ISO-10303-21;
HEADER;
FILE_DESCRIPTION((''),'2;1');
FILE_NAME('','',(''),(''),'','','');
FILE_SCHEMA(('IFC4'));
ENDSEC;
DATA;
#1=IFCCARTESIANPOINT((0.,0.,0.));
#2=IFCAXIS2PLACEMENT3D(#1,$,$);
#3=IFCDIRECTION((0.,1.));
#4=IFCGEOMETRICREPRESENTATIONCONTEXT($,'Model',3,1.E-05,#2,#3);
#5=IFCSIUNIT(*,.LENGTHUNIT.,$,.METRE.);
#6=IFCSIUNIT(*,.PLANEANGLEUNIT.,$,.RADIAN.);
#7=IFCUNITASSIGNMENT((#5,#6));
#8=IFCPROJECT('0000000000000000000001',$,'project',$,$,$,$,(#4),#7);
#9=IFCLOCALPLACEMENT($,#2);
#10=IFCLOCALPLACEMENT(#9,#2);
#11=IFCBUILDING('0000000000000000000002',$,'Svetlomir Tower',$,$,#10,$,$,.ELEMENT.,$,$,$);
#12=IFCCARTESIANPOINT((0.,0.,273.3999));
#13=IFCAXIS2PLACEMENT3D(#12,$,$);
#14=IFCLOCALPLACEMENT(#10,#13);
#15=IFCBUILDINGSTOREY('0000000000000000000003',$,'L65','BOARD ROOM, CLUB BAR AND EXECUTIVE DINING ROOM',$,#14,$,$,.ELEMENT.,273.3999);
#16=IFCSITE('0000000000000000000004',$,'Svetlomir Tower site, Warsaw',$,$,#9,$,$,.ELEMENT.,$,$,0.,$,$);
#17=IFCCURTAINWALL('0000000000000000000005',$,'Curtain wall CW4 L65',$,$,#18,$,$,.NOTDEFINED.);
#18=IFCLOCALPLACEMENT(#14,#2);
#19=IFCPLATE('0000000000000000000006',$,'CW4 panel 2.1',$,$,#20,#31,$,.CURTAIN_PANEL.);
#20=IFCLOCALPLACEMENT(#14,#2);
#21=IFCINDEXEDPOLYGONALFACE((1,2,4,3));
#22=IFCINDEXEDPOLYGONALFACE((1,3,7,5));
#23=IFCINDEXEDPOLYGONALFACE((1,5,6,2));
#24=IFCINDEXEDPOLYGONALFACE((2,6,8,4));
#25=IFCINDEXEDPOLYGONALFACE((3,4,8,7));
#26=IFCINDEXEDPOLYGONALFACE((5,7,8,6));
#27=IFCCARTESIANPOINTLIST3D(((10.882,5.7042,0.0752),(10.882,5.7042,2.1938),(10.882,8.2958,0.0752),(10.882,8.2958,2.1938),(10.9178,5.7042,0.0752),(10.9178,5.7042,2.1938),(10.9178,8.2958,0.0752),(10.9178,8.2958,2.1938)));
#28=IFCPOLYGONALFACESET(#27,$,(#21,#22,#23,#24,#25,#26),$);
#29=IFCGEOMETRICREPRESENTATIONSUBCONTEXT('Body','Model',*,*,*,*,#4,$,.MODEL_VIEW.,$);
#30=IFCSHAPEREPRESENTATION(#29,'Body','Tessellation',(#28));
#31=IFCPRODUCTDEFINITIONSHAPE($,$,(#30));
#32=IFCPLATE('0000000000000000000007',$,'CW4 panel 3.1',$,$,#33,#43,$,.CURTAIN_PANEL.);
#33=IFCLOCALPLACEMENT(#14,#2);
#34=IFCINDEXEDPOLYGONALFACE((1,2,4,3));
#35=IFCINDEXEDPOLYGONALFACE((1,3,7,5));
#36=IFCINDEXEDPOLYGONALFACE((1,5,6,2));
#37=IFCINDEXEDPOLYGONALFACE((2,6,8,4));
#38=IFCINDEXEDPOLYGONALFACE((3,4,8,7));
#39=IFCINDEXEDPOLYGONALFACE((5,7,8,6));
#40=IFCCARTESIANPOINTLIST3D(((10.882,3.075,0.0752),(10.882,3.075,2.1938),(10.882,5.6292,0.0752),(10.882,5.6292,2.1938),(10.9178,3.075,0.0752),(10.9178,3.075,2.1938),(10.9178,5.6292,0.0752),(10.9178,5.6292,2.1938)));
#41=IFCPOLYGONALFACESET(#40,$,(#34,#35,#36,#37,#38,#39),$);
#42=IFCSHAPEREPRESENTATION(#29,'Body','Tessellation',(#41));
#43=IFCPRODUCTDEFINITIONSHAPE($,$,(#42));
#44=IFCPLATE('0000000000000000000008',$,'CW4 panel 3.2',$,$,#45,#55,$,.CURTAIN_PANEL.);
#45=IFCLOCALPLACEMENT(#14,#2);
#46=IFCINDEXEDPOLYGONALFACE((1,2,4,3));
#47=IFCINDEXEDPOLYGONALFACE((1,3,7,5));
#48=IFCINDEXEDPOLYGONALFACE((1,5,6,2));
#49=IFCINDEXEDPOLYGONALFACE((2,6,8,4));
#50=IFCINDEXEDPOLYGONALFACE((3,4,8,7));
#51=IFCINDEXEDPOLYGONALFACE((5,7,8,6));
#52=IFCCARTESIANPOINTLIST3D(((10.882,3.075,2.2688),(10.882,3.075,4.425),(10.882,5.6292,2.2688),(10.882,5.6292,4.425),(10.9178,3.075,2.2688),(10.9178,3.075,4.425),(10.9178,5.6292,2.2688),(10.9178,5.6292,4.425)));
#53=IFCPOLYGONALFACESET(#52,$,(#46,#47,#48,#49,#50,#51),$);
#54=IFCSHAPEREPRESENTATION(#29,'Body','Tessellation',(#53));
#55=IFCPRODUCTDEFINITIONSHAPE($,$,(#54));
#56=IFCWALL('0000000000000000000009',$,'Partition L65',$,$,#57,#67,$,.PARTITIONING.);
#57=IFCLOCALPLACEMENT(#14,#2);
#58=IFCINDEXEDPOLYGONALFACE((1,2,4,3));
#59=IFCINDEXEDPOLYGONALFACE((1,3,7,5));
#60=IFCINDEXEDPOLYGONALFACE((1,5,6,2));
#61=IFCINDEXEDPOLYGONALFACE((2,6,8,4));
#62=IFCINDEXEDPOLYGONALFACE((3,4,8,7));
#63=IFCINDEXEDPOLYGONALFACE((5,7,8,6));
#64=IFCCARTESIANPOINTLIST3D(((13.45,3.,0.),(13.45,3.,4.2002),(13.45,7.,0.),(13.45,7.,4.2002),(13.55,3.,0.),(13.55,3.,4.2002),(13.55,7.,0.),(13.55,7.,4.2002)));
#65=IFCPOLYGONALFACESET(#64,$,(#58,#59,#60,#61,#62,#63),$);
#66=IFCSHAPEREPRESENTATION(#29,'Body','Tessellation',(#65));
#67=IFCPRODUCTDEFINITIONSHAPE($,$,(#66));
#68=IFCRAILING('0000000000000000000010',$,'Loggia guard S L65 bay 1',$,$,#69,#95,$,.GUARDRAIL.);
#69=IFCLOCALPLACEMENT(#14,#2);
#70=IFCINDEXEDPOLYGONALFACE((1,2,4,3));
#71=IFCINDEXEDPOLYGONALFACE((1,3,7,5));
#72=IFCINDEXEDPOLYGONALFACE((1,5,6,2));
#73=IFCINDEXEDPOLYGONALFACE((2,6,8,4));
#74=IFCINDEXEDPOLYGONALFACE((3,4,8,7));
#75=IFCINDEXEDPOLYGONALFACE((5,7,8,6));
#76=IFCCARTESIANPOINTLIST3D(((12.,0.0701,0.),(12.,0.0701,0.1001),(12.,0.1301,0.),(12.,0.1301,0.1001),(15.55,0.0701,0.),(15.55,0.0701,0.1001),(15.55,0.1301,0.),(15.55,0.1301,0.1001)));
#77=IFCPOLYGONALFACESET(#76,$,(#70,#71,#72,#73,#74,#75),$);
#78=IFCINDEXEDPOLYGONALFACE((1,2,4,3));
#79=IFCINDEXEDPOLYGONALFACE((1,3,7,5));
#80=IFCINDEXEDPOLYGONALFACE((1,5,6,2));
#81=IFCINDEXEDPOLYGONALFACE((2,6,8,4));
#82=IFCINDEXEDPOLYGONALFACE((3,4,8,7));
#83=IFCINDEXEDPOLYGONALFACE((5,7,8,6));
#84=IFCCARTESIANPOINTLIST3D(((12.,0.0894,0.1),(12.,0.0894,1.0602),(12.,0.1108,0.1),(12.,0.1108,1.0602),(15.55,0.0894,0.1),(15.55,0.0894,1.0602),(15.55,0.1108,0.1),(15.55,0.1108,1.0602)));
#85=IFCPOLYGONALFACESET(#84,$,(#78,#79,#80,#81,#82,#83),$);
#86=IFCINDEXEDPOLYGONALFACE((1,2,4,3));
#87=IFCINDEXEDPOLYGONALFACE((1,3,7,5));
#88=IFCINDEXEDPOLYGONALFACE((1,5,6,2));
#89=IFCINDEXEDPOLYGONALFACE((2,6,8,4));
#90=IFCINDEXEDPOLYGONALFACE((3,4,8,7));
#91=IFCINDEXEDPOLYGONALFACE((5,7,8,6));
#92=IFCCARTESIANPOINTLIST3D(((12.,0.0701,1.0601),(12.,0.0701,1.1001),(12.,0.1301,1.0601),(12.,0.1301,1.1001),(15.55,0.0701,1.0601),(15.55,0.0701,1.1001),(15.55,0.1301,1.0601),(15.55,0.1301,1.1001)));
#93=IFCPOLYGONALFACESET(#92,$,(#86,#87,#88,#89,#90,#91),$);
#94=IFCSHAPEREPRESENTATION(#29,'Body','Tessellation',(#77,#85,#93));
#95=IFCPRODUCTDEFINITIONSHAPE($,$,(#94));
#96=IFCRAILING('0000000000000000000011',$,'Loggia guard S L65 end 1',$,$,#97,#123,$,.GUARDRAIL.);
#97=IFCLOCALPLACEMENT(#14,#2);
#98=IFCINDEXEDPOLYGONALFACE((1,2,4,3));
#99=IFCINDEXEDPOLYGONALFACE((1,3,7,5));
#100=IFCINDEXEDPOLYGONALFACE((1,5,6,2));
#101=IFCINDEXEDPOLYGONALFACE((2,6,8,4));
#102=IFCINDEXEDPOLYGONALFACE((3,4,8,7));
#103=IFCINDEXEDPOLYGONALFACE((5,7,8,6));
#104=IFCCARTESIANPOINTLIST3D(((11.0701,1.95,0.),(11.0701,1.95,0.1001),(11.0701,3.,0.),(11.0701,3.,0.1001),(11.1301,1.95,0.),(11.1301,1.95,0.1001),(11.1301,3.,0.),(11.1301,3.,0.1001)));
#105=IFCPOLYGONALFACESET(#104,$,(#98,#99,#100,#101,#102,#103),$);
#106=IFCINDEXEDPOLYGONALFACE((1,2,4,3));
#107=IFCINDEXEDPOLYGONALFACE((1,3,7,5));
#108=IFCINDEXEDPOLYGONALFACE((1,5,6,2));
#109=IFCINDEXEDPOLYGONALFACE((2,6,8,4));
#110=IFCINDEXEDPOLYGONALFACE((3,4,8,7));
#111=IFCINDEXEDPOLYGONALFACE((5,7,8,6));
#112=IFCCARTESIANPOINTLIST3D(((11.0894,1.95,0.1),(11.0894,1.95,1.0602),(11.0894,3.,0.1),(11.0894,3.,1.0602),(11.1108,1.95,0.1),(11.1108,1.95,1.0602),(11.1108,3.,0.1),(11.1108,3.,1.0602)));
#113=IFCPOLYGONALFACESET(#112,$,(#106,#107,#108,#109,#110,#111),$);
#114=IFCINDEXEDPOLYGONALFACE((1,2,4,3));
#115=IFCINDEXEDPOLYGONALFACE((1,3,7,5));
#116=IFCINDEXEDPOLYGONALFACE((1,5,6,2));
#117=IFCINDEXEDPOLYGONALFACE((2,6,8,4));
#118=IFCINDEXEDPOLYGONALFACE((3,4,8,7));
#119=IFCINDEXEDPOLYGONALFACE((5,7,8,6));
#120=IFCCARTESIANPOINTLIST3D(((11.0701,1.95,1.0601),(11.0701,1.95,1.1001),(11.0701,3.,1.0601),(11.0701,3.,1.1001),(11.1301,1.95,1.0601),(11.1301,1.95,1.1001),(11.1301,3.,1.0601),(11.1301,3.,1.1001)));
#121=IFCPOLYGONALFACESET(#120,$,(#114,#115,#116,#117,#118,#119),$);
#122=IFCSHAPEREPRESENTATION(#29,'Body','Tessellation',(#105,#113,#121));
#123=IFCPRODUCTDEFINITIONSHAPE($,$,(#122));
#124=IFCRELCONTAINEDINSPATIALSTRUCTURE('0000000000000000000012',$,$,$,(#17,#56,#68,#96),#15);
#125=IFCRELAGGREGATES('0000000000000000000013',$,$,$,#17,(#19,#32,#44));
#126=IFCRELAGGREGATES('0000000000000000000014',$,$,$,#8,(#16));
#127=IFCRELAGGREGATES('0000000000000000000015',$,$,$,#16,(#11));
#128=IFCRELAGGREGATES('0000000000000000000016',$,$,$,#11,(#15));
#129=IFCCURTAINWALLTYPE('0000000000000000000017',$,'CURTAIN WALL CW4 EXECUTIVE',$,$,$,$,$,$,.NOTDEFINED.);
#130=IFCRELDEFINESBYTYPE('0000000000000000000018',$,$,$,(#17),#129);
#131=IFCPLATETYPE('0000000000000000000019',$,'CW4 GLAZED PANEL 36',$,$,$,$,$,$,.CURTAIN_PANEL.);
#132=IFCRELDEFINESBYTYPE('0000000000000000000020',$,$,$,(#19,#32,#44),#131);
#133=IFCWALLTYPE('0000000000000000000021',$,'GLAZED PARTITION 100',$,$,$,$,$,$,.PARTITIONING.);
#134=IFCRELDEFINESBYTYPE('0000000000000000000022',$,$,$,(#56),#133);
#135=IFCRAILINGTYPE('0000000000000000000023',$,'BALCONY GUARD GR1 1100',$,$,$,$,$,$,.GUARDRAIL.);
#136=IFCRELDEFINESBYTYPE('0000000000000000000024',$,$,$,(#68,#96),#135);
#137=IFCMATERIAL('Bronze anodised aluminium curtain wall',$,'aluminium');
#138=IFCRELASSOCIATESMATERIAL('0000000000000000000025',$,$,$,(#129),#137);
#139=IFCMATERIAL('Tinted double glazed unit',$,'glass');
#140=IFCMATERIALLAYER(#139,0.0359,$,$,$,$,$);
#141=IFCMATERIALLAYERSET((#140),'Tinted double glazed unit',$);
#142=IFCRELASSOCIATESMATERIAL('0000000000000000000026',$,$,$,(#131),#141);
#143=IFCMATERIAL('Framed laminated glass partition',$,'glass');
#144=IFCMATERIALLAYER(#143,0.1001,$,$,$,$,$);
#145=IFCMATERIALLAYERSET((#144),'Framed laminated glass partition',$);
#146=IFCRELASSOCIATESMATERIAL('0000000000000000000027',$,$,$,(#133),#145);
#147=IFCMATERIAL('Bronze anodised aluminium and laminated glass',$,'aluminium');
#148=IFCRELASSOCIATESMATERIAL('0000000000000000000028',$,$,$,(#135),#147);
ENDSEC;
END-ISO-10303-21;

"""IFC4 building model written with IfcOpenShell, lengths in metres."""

from ifc_helpers import new_model, si_unit, direction, frame, frame_2d, origin, origin_2d, place, context, subcontext, project, spatial, rectangle, extrude, material, layer, layer_set, type_object, element, aggregate, save


model = new_model("IFC4")

# Units and contexts
model_context = context("Model", 3, precision=1e-05, world=origin(), true_north=direction((0.0, 1.0)))
body_context = subcontext(model_context, "Body", "Model", "MODEL_VIEW")
ifc_project = project(units=[si_unit("LENGTHUNIT", "METRE"), si_unit("PLANEANGLEUNIT", "RADIAN")], contexts=[model_context])

# Site, building, storey
site_placement = place(None, origin())
site = spatial("IfcSite", under=ifc_project, at=site_placement, Name="Svetlomir Tower site, Warsaw", CompositionType="ELEMENT", RefElevation=0.0)
building_placement = place(site_placement, origin())
building = spatial("IfcBuilding", under=site, at=building_placement, Name="Svetlomir Tower", CompositionType="ELEMENT")
storey_placement = place(building_placement, frame((0.0, 0.0, 273.3999)))
storey = spatial("IfcBuildingStorey", under=building, at=storey_placement, Name="L65", Description="BOARD ROOM, CLUB BAR AND EXECUTIVE DINING ROOM", CompositionType="ELEMENT", Elevation=273.3999)

# Curtain wall
ifc_material_1 = material(Name="Bronze anodised aluminium curtain wall", Category="aluminium")
curtain_wall_type = type_object("IfcCurtainWallType", Name="CURTAIN WALL CW4 EXECUTIVE", PredefinedType="NOTDEFINED", material=ifc_material_1)
curtain_wall_1_placement = place(storey_placement, origin())
curtain_wall_1 = element("IfcCurtainWall", 1, at=curtain_wall_1_placement, inside=storey, type_object=curtain_wall_type, Name="Curtain wall CW4 L65", PredefinedType="NOTDEFINED")

# Plates
ifc_material_2 = material(Name="Tinted double glazed unit", Category="glass")
ifc_layer_1 = layer(ifc_material_2, 0.0359)
ifc_layer_set_1 = layer_set([ifc_layer_1], Name="Tinted double glazed unit")
plate_type = type_object("IfcPlateType", Name="CW4 GLAZED PANEL 36", PredefinedType="CURTAIN_PANEL", material=ifc_layer_set_1)
plate_1_placement = place(storey_placement, frame((10.8999, 7.0, 0.0752), z_axis=(0.0, 0.0, 1.0), x_axis=(0.0, -1.0, 0.0)))
plate_1 = element("IfcPlate", 2, at=plate_1_placement, type_object=plate_type, Name="CW4 panel 2.1", PredefinedType="CURTAIN_PANEL", context=body_context, shape_type="SweptSolid", body=[
    extrude(rectangle(XDim=2.5916, YDim=0.0359, at=origin_2d()), origin(), (0.0, 0.0, 1.0), 2.1187),
])
plate_2_placement = place(storey_placement, frame((10.8999, 4.3521, 0.0752), z_axis=(0.0, 0.0, 1.0), x_axis=(0.0, -1.0, 0.0)))
plate_2 = element("IfcPlate", 3, at=plate_2_placement, type_object=plate_type, Name="CW4 panel 3.1", PredefinedType="CURTAIN_PANEL", context=body_context, shape_type="SweptSolid", body=[
    extrude(rectangle(XDim=2.5542, YDim=0.0359, at=origin_2d()), origin(), (0.0, 0.0, 1.0), 2.1187),
])
plate_3_placement = place(storey_placement, frame((10.8999, 4.3521, 2.2688), z_axis=(0.0, 0.0, 1.0), x_axis=(0.0, -1.0, 0.0)))
plate_3 = element("IfcPlate", 4, at=plate_3_placement, type_object=plate_type, Name="CW4 panel 3.2", PredefinedType="CURTAIN_PANEL", context=body_context, shape_type="SweptSolid", body=[
    extrude(rectangle(XDim=2.5542, YDim=0.0359, at=origin_2d()), origin(), (0.0, 0.0, 1.0), 2.1562),
])
aggregate(curtain_wall_1, [plate_1, plate_2, plate_3])

# Wall
ifc_material_3 = material(Name="Framed laminated glass partition", Category="glass")
ifc_layer_2 = layer(ifc_material_3, 0.1001)
ifc_layer_set_2 = layer_set([ifc_layer_2], Name="Framed laminated glass partition")
wall_type = type_object("IfcWallType", Name="GLAZED PARTITION 100", PredefinedType="PARTITIONING", material=ifc_layer_set_2)
wall_placement = place(storey_placement, frame((13.5, 3.0, 0.0), z_axis=(0.0, 0.0, 1.0), x_axis=(0.0, 1.0, 0.0)))
element("IfcWall", 5, at=wall_placement, inside=storey, type_object=wall_type, Name="Partition L65", PredefinedType="PARTITIONING", context=body_context, shape_type="SweptSolid", body=[
    extrude(rectangle(XDim=4.0, YDim=0.1001, at=frame_2d((2.0, 0.0))), origin(), (0.0, 0.0, 1.0), 4.2002),
])

# Railings
ifc_material_4 = material(Name="Bronze anodised aluminium and laminated glass", Category="aluminium")
railing_type = type_object("IfcRailingType", Name="BALCONY GUARD GR1 1100", PredefinedType="GUARDRAIL", material=ifc_material_4)
railing_1_placement = place(storey_placement, frame((12.0, 0.1001, 0.0)))
element("IfcRailing", 6, at=railing_1_placement, inside=storey, type_object=railing_type, Name="Loggia guard S L65 bay 1", PredefinedType="GUARDRAIL", context=body_context, shape_type="SweptSolid", body=[
    extrude(rectangle(XDim=0.0601, YDim=0.1001, at=origin_2d()), frame((0.0, 0.0, 0.05), z_axis=(1.0, 0.0, 0.0), x_axis=(0.0, 1.0, 0.0)), (0.0, 0.0, 1.0), 3.55),
    extrude(rectangle(XDim=0.0215, YDim=0.9602, at=origin_2d()), frame((0.0, 0.0, 0.5801), z_axis=(1.0, 0.0, 0.0), x_axis=(0.0, 1.0, 0.0)), (0.0, 0.0, 1.0), 3.55),
    extrude(rectangle(XDim=0.0601, YDim=0.04, at=origin_2d()), frame((0.0, 0.0, 1.0801), z_axis=(1.0, 0.0, 0.0), x_axis=(0.0, 1.0, 0.0)), (0.0, 0.0, 1.0), 3.55),
])
railing_2_placement = place(storey_placement, frame((11.1001, 1.95, 0.0)))
element("IfcRailing", 7, at=railing_2_placement, inside=storey, type_object=railing_type, Name="Loggia guard S L65 end 1", PredefinedType="GUARDRAIL", context=body_context, shape_type="SweptSolid", body=[
    extrude(rectangle(XDim=0.0601, YDim=0.1001, at=origin_2d()), frame((0.0, 0.0, 0.05), z_axis=(0.0, 1.0, 0.0), x_axis=(-1.0, 0.0, 0.0)), (0.0, 0.0, 1.0), 1.05),
    extrude(rectangle(XDim=0.0215, YDim=0.9602, at=origin_2d()), frame((0.0, 0.0, 0.5801), z_axis=(0.0, 1.0, 0.0), x_axis=(-1.0, 0.0, 0.0)), (0.0, 0.0, 1.0), 1.05),
    extrude(rectangle(XDim=0.0601, YDim=0.04, at=origin_2d()), frame((0.0, 0.0, 1.0801), z_axis=(0.0, 1.0, 0.0), x_axis=(-1.0, 0.0, 0.0)), (0.0, 0.0, 1.0), 1.05),
])

save(model, "model.ifc")
